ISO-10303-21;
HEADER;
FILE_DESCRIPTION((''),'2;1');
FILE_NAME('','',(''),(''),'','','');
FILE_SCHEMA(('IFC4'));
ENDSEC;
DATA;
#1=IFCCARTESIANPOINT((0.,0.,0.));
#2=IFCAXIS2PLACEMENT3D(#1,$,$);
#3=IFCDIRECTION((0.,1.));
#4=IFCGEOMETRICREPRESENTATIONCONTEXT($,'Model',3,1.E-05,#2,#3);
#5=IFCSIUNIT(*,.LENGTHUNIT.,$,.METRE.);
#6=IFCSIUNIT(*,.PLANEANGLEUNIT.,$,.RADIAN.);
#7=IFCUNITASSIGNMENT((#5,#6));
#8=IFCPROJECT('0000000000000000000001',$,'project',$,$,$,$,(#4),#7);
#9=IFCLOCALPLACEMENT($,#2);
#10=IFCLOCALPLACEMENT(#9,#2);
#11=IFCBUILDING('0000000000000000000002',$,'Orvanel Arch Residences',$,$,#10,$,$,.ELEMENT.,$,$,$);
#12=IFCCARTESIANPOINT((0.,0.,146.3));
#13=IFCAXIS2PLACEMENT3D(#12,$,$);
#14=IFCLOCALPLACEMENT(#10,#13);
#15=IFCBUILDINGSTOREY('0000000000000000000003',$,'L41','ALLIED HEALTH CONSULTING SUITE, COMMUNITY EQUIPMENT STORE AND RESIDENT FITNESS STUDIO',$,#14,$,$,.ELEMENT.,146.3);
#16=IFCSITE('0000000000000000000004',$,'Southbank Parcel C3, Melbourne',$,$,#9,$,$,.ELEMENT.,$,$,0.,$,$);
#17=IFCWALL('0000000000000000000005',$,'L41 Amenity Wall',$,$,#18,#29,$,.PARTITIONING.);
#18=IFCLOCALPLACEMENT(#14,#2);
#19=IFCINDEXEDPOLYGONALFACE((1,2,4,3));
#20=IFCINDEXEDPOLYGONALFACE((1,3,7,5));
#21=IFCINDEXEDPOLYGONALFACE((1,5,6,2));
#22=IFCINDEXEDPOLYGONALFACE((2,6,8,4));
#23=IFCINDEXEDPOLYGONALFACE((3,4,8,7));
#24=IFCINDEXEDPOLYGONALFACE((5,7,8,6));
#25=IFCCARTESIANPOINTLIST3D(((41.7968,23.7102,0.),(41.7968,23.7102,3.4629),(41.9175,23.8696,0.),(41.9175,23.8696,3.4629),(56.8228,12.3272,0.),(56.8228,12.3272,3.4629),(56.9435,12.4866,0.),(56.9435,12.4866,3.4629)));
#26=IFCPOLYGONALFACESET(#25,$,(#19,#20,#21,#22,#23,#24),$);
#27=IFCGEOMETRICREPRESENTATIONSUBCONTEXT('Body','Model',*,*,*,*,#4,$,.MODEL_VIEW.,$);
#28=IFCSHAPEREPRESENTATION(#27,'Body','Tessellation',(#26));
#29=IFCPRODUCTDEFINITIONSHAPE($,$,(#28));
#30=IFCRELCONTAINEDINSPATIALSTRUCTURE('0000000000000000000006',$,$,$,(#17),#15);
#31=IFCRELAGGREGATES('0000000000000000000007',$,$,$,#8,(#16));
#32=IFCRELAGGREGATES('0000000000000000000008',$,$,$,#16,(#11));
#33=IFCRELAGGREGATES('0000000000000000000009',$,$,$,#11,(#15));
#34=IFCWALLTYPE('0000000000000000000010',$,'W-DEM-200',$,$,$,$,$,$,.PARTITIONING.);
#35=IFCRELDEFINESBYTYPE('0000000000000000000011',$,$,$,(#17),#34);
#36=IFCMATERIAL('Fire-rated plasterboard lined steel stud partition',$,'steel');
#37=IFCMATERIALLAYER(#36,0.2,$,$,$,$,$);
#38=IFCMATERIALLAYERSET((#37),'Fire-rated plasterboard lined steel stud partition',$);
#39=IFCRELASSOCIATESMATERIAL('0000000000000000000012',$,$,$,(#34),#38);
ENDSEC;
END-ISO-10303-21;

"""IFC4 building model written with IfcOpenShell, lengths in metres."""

from ifc_helpers import new_model, si_unit, direction, frame, frame_2d, origin, place, context, subcontext, project, spatial, rectangle, extrude, material, layer, layer_set, type_object, element, save


model = new_model("IFC4")

# Units and contexts
model_context = context("Model", 3, precision=1e-05, world=origin(), true_north=direction((0.0, 1.0)))
body_context = subcontext(model_context, "Body", "Model", "MODEL_VIEW")
ifc_project = project(units=[si_unit("LENGTHUNIT", "METRE"), si_unit("PLANEANGLEUNIT", "RADIAN")], contexts=[model_context])

# Site, building, storey
site_placement = place(None, origin())
site = spatial("IfcSite", under=ifc_project, at=site_placement, Name="Southbank Parcel C3, Melbourne", CompositionType="ELEMENT", RefElevation=0.0)
building_placement = place(site_placement, origin())
building = spatial("IfcBuilding", under=site, at=building_placement, Name="Orvanel Arch Residences", CompositionType="ELEMENT")
storey_placement = place(building_placement, frame((0.0, 0.0, 146.3)))
storey = spatial("IfcBuildingStorey", under=building, at=storey_placement, Name="L41", Description="ALLIED HEALTH CONSULTING SUITE, COMMUNITY EQUIPMENT STORE AND RESIDENT FITNESS STUDIO", CompositionType="ELEMENT", Elevation=146.3)

# Wall
ifc_material_1 = material(Name="Fire-rated plasterboard lined steel stud partition", Category="steel")
ifc_layer_1 = layer(ifc_material_1, 0.2)
ifc_layer_set_1 = layer_set([ifc_layer_1], Name="Fire-rated plasterboard lined steel stud partition")
wall_type = type_object("IfcWallType", Name="W-DEM-200", PredefinedType="PARTITIONING", material=ifc_layer_set_1)
wall_placement = place(storey_placement, frame((56.8831, 12.407, 0.0), z_axis=(0.0, 0.0, 1.0), x_axis=(-0.797102, 0.603845, 0.0)))
element("IfcWall", 1, at=wall_placement, inside=storey, type_object=wall_type, Name="L41 Amenity Wall", PredefinedType="PARTITIONING", context=body_context, shape_type="SweptSolid", body=[
    extrude(rectangle(XDim=18.8508, YDim=0.2, at=frame_2d((9.4253, 0.0))), origin(), (0.0, 0.0, 1.0), 3.4629),
])

save(model, "model.ifc")
